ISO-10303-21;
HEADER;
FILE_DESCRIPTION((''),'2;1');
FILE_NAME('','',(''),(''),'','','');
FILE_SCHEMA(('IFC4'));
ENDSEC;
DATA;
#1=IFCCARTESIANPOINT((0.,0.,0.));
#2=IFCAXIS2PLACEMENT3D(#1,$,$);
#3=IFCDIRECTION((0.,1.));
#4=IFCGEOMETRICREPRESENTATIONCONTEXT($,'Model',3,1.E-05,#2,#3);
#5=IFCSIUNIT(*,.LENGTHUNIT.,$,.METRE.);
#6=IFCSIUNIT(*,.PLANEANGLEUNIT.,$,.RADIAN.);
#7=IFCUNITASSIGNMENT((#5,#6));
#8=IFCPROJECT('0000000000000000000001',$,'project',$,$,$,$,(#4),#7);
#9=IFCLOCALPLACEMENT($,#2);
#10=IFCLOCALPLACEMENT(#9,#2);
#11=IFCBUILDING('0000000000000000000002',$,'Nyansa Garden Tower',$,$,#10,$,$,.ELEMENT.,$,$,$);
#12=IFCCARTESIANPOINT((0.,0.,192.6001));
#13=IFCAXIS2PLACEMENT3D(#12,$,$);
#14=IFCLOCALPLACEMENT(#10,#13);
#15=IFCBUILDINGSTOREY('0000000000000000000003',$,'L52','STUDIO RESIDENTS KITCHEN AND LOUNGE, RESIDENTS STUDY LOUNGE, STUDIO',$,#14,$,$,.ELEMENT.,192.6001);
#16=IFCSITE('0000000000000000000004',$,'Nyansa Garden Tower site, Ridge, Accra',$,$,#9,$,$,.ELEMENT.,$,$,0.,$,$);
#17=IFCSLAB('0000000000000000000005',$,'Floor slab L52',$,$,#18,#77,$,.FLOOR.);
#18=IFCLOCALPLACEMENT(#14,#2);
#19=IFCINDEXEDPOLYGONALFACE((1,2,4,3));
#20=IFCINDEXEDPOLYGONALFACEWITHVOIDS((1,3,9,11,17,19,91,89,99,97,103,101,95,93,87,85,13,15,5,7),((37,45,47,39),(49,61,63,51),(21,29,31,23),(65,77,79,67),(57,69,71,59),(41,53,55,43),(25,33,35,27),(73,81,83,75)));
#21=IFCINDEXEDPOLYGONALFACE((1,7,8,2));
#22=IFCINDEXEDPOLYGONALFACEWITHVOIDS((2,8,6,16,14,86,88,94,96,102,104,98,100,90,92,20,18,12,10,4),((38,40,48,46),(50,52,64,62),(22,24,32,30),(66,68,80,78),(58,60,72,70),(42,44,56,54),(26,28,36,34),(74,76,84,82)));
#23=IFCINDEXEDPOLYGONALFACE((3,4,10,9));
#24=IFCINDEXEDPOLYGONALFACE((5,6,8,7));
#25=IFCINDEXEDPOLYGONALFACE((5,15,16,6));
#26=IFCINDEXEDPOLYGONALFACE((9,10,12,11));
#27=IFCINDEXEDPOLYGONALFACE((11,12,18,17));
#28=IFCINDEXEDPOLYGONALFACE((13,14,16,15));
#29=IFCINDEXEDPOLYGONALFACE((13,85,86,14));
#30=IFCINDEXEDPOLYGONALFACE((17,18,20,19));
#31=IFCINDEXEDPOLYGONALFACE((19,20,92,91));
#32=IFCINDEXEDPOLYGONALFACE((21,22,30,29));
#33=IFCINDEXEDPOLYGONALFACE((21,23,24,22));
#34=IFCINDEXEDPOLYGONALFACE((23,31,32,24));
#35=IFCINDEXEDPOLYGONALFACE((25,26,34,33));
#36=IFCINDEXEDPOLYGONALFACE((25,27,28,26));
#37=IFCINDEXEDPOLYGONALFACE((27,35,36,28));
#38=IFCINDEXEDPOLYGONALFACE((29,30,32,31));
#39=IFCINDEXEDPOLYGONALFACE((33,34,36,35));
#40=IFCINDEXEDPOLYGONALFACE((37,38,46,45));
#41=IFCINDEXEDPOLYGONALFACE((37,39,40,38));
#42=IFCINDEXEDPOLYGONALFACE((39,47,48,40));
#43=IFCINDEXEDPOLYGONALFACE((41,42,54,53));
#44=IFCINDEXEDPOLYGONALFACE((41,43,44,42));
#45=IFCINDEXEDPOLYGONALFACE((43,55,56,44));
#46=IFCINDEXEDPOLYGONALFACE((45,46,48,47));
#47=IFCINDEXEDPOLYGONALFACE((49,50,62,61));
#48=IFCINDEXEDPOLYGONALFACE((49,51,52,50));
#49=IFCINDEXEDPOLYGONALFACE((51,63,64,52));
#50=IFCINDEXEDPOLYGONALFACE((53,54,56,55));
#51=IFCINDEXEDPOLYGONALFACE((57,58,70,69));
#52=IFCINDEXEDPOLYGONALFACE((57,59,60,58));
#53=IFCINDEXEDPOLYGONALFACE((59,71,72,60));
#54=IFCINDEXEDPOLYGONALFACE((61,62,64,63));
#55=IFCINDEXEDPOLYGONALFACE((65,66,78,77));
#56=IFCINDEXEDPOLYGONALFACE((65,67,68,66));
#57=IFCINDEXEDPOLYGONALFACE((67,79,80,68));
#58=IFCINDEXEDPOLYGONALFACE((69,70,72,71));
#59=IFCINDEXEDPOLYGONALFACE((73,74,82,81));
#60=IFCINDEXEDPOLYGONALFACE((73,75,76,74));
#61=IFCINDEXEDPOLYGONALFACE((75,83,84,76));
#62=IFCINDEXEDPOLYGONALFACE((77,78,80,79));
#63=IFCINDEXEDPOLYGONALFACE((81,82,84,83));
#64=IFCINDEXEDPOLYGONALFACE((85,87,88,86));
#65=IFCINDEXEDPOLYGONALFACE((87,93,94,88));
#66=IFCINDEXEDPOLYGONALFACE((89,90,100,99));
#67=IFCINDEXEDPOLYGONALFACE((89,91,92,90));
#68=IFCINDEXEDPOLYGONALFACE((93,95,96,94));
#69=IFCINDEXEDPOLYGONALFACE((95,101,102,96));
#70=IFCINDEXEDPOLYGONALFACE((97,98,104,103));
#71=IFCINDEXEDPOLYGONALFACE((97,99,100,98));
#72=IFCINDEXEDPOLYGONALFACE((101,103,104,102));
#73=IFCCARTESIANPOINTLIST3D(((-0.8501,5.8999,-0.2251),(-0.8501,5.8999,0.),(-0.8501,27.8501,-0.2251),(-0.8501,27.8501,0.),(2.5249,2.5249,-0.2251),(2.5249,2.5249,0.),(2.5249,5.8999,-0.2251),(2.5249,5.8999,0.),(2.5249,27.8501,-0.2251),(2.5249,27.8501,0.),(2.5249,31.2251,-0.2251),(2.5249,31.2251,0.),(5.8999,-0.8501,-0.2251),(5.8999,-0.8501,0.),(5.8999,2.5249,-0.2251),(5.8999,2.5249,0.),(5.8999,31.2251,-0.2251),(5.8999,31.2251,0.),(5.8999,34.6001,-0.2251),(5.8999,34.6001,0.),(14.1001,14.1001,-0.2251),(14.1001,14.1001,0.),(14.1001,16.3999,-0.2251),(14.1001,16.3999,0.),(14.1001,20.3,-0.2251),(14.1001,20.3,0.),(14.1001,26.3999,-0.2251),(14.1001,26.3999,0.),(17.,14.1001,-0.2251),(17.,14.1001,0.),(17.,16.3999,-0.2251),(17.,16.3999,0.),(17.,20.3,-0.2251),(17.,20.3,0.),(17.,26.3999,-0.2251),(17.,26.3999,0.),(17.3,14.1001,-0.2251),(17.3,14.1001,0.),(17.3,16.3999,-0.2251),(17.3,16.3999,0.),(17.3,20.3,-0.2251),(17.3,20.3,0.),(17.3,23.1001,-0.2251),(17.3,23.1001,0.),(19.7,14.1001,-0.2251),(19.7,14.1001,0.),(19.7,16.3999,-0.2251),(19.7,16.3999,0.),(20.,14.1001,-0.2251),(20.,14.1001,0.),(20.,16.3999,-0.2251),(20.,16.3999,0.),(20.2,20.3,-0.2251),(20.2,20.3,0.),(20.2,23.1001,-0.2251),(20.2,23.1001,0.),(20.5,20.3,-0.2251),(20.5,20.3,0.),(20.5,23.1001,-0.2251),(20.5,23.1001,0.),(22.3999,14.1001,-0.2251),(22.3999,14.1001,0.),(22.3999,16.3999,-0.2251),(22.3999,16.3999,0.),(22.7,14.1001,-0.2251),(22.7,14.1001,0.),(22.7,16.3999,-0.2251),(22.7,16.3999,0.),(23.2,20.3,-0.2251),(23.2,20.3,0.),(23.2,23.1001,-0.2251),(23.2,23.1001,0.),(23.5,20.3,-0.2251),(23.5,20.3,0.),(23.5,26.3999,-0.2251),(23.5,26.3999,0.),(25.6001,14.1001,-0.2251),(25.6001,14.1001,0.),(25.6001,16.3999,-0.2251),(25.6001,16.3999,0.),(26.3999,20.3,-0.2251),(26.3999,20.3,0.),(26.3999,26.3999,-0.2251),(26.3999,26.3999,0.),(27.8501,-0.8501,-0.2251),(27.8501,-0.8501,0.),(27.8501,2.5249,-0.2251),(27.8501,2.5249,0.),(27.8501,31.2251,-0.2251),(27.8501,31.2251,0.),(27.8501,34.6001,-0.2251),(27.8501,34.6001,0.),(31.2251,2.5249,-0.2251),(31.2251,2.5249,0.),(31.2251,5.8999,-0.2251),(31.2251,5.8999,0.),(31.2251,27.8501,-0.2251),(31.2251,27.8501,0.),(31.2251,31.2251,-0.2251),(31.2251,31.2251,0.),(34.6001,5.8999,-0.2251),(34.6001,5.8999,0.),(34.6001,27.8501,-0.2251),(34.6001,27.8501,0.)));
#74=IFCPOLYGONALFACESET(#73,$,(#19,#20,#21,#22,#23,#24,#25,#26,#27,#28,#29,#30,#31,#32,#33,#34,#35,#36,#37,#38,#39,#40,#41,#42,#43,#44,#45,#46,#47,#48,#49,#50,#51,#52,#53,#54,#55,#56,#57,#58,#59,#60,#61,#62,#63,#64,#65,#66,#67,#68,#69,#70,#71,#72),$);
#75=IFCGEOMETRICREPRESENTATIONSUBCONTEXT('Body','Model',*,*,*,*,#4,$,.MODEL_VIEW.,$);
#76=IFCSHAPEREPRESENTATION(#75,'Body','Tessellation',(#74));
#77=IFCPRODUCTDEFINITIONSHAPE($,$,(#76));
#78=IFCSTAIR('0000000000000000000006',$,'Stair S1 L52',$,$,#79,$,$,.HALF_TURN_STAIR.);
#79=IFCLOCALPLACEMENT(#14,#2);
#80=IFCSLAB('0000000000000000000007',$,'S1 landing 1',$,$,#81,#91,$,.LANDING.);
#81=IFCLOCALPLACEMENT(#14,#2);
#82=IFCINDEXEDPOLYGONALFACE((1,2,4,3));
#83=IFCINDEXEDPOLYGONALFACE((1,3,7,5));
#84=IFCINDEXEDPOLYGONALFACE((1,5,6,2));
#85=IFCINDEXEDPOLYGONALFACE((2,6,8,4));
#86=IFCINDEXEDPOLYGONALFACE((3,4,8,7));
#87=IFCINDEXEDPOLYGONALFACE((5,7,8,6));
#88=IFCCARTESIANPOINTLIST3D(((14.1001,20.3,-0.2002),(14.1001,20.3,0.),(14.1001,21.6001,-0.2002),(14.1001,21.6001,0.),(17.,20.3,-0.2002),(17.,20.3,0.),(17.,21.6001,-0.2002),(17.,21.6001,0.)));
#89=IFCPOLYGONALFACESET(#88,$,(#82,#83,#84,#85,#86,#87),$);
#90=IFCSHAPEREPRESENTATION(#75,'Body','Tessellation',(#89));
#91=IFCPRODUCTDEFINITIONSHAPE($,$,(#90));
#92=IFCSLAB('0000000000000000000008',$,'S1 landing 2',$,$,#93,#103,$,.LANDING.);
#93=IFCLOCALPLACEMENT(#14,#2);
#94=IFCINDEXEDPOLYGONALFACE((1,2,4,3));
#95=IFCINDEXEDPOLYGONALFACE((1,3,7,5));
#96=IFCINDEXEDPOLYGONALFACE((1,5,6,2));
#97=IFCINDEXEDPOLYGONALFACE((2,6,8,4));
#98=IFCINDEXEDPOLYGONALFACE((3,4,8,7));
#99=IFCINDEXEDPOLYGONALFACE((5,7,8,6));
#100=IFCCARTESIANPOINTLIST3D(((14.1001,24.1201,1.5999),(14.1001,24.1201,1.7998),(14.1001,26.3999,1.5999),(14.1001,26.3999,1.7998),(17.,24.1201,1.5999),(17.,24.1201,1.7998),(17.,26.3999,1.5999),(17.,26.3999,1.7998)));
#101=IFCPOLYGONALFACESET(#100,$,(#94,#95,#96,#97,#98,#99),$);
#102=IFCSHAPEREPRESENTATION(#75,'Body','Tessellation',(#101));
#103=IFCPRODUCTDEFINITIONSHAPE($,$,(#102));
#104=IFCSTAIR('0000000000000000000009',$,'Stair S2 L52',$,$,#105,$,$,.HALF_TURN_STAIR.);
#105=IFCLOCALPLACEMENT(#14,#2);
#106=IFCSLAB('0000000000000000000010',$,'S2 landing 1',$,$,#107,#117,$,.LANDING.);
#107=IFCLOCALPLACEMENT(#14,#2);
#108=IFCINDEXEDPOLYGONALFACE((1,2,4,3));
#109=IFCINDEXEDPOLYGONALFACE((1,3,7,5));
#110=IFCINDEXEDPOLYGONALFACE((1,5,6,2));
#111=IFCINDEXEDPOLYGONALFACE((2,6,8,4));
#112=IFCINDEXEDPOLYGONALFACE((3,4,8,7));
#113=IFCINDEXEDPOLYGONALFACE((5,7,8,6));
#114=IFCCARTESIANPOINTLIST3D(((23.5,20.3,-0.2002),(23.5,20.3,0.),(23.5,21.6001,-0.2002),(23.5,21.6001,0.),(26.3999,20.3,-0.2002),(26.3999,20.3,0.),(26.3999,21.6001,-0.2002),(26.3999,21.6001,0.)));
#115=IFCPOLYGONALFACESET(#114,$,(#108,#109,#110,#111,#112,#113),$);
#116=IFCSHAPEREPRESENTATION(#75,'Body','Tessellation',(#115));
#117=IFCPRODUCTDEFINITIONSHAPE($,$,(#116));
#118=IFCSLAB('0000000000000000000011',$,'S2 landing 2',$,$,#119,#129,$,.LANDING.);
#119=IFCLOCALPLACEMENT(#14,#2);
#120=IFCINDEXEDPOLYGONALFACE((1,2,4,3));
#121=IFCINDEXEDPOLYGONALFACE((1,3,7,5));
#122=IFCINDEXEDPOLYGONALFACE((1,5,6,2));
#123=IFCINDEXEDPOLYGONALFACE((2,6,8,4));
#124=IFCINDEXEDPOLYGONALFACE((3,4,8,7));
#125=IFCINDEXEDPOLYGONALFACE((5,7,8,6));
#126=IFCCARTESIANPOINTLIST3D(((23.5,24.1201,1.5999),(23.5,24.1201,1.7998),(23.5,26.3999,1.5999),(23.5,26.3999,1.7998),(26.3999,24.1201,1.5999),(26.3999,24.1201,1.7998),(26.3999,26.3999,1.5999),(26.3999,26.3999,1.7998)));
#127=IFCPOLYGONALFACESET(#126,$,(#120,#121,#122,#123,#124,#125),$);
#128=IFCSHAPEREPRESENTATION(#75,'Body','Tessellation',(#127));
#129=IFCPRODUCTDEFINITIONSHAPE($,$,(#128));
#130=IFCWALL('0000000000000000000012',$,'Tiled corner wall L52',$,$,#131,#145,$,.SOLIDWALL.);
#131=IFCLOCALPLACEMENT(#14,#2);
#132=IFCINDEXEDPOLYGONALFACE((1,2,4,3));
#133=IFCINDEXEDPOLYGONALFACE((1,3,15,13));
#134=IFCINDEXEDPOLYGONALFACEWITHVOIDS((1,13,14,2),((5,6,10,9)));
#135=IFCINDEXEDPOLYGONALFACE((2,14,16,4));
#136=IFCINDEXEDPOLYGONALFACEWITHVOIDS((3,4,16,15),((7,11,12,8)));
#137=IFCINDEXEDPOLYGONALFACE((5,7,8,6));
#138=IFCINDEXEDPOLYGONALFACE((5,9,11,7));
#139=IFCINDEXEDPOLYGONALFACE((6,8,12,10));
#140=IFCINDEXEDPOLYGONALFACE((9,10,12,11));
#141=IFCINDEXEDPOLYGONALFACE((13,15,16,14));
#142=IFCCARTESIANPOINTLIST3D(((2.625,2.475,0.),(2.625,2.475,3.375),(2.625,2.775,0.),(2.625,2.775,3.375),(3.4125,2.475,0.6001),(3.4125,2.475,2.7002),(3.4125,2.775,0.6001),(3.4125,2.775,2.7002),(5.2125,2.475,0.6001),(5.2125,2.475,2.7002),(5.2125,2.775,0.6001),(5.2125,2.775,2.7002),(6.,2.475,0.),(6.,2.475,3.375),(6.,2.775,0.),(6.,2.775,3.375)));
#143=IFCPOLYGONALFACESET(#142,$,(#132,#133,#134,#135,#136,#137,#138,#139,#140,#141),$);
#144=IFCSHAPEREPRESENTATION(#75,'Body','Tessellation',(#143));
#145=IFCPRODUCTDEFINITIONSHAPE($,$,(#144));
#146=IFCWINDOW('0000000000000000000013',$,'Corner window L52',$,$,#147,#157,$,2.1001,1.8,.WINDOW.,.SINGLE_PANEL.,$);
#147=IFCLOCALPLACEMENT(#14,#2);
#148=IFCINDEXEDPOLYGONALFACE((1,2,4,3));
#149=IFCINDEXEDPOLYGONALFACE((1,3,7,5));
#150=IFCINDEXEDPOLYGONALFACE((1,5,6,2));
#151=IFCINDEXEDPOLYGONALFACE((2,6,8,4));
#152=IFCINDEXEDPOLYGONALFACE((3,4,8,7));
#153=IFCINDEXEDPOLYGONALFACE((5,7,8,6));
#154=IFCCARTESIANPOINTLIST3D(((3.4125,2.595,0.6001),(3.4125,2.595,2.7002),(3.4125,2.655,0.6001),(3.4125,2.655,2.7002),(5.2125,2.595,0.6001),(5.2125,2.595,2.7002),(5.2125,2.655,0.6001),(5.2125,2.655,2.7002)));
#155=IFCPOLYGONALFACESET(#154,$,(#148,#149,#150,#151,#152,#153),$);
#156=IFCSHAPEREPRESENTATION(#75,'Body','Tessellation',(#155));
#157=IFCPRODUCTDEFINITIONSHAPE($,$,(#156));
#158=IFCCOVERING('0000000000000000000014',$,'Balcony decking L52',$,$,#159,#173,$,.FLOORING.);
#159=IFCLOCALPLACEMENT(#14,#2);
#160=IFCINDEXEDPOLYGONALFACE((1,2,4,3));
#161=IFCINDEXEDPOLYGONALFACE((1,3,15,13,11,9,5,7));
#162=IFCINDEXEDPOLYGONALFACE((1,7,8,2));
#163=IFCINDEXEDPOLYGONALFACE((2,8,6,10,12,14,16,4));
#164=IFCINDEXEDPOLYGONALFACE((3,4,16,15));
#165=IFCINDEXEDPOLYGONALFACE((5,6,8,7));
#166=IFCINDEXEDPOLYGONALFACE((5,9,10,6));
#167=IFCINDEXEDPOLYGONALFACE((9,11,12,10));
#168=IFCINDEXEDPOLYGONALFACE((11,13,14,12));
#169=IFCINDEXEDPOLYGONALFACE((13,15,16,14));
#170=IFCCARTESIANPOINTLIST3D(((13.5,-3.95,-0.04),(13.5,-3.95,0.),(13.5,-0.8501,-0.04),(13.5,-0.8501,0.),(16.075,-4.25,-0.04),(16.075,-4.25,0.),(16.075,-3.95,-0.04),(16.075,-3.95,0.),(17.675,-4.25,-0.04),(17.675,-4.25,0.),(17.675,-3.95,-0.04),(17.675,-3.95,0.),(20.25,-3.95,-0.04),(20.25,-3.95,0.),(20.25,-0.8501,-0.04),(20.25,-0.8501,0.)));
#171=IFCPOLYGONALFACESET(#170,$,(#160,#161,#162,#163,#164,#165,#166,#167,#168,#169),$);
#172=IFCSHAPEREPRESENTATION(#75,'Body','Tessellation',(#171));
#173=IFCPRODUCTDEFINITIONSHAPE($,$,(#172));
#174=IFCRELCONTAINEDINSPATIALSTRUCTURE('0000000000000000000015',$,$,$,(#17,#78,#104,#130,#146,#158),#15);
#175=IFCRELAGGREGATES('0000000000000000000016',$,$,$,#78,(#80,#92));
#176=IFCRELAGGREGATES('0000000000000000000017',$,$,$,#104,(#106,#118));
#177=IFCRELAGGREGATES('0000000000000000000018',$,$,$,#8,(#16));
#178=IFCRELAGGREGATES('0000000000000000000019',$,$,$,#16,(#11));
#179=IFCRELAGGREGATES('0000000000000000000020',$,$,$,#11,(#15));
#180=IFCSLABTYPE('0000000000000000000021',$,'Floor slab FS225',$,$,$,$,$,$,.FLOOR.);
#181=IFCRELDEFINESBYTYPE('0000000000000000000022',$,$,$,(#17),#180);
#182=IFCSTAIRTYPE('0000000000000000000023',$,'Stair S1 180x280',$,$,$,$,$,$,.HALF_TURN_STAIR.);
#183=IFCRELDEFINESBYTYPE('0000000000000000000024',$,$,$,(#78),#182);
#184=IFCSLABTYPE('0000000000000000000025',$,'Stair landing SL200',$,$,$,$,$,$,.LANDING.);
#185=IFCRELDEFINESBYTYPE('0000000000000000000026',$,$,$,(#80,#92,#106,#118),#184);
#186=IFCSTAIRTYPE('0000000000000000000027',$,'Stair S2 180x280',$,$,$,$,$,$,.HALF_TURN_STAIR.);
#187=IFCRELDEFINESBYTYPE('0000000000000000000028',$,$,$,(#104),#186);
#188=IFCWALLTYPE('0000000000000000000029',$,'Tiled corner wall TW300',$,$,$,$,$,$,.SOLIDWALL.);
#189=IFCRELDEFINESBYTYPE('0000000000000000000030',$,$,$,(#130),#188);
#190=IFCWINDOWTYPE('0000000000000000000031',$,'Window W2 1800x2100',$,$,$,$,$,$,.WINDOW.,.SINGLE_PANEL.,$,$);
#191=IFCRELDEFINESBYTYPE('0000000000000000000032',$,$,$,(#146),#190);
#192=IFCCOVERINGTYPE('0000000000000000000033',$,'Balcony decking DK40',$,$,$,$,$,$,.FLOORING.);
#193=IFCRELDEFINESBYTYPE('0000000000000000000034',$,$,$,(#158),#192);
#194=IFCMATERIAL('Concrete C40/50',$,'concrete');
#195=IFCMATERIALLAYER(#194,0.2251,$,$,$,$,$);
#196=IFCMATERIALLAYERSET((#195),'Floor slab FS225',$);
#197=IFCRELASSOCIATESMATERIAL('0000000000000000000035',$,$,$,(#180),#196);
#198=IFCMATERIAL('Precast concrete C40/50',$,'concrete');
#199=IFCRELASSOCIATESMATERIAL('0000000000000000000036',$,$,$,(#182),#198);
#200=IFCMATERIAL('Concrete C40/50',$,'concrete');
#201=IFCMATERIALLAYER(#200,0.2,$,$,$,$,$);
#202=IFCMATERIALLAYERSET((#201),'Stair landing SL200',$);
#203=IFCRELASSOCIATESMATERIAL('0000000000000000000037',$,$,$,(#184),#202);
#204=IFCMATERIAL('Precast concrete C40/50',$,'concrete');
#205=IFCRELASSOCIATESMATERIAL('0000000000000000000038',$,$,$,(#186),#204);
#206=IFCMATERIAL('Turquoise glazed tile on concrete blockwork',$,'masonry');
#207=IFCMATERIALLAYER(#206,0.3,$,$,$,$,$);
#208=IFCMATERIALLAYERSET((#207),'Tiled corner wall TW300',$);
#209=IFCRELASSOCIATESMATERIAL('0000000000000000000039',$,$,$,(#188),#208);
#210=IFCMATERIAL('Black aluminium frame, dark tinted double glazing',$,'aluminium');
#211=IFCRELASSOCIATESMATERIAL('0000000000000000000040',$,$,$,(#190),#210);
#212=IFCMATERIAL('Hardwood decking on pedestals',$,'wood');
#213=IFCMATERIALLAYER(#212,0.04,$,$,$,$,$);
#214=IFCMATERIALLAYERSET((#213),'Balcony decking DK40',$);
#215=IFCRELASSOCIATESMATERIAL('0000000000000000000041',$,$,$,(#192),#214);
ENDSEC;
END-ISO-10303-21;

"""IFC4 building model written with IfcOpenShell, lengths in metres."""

from ifc_helpers import new_model, si_unit, direction, frame, frame_2d, origin, place, context, subcontext, project, spatial, polyline, rectangle, outline, extrude, material, layer, layer_set, type_object, element, fill, aggregate, save


model = new_model("IFC4")

# Units and contexts
model_context = context("Model", 3, precision=1e-05, world=origin(), true_north=direction((0.0, 1.0)))
body_context = subcontext(model_context, "Body", "Model", "MODEL_VIEW")
ifc_project = project(units=[si_unit("LENGTHUNIT", "METRE"), si_unit("PLANEANGLEUNIT", "RADIAN")], contexts=[model_context])

# Site, building, storey
site_placement = place(None, origin())
site = spatial("IfcSite", under=ifc_project, at=site_placement, Name="Nyansa Garden Tower site, Ridge, Accra", CompositionType="ELEMENT", RefElevation=0.0)
building_placement = place(site_placement, origin())
building = spatial("IfcBuilding", under=site, at=building_placement, Name="Nyansa Garden Tower", CompositionType="ELEMENT")
storey_placement = place(building_placement, frame((0.0, 0.0, 192.6001)))
storey = spatial("IfcBuildingStorey", under=building, at=storey_placement, Name="L52", Description="STUDIO RESIDENTS KITCHEN AND LOUNGE, RESIDENTS STUDY LOUNGE, STUDIO", CompositionType="ELEMENT", Elevation=192.6001)

# Slab
ifc_material_1 = material(Name="Concrete C40/50", Category="concrete")
ifc_layer_1 = layer(ifc_material_1, 0.2251)
ifc_layer_set_1 = layer_set([ifc_layer_1], Name="Floor slab FS225")
slab_type_1 = type_object("IfcSlabType", Name="Floor slab FS225", PredefinedType="FLOOR", material=ifc_layer_set_1)
slab_1_placement = place(storey_placement, frame((0.0, 0.0, -0.2251)))
element("IfcSlab", 1, at=slab_1_placement, inside=storey, type_object=slab_type_1, Name="Floor slab L52", PredefinedType="FLOOR", context=body_context, shape_type="SweptSolid", body=[
    extrude(outline(polyline([(34.6001, 5.8999), (31.2251, 5.8999), (31.2251, 2.5249), (27.8501, 2.5249), (27.8501, -0.8501), (5.8999, -0.8501), (5.8999, 2.5249), (2.5249, 2.5249), (2.5249, 5.8999), (-0.8501, 5.8999), (-0.8501, 27.8501), (2.5249, 27.8501), (2.5249, 31.2251), (5.8999, 31.2251), (5.8999, 34.6001), (27.8501, 34.6001), (27.8501, 31.2251), (31.2251, 31.2251), (31.2251, 27.8501), (34.6001, 27.8501), (34.6001, 5.8999)]), holes=[polyline([(14.1001, 14.1001), (17.0, 14.1001), (17.0, 16.3999), (14.1001, 16.3999), (14.1001, 14.1001)]), polyline([(17.3, 14.1001), (19.7, 14.1001), (19.7, 16.3999), (17.3, 16.3999), (17.3, 14.1001)]), polyline([(20.0, 14.1001), (22.3999, 14.1001), (22.3999, 16.3999), (20.0, 16.3999), (20.0, 14.1001)]), polyline([(22.7, 14.1001), (25.6001, 14.1001), (25.6001, 16.3999), (22.7, 16.3999), (22.7, 14.1001)]), polyline([(17.3, 20.3), (20.2, 20.3), (20.2, 23.1001), (17.3, 23.1001), (17.3, 20.3)]), polyline([(20.5, 20.3), (23.2, 20.3), (23.2, 23.1001), (20.5, 23.1001), (20.5, 20.3)]), polyline([(14.1001, 20.3), (17.0, 20.3), (17.0, 26.3999), (14.1001, 26.3999), (14.1001, 20.3)]), polyline([(23.5, 20.3), (26.3999, 20.3), (26.3999, 26.3999), (23.5, 26.3999), (23.5, 20.3)])]), origin(), (0.0, 0.0, 1.0), 0.2251),
])

# Stairs, slabs
ifc_material_2 = material(Name="Precast concrete C40/50", Category="concrete")
stair_type_1 = type_object("IfcStairType", Name="Stair S1 180x280", PredefinedType="HALF_TURN_STAIR", material=ifc_material_2)
stair_1_placement = place(storey_placement, origin())
stair_1 = element("IfcStair", 2, at=stair_1_placement, inside=storey, type_object=stair_type_1, Name="Stair S1 L52", PredefinedType="HALF_TURN_STAIR")
ifc_material_3 = material(Name="Concrete C40/50", Category="concrete")
ifc_layer_2 = layer(ifc_material_3, 0.2)
ifc_layer_set_2 = layer_set([ifc_layer_2], Name="Stair landing SL200")
slab_type_2 = type_object("IfcSlabType", Name="Stair landing SL200", PredefinedType="LANDING", material=ifc_layer_set_2)
slab_2_placement = place(storey_placement, frame((0.0, 0.0, -0.2002)))
slab_2 = element("IfcSlab", 3, at=slab_2_placement, type_object=slab_type_2, Name="S1 landing 1", PredefinedType="LANDING", context=body_context, shape_type="SweptSolid", body=[
    extrude(outline(polyline([(14.1001, 20.3), (17.0, 20.3), (17.0, 21.6001), (14.1001, 21.6001), (14.1001, 20.3)])), origin(), (0.0, 0.0, 1.0), 0.2002),
])
slab_3_placement = place(storey_placement, frame((0.0, 0.0, 1.5999)))
slab_3 = element("IfcSlab", 4, at=slab_3_placement, type_object=slab_type_2, Name="S1 landing 2", PredefinedType="LANDING", context=body_context, shape_type="SweptSolid", body=[
    extrude(outline(polyline([(14.1001, 24.1201), (17.0, 24.1201), (17.0, 26.3999), (14.1001, 26.3999), (14.1001, 24.1201)])), origin(), (0.0, 0.0, 1.0), 0.2),
])
aggregate(stair_1, [slab_2, slab_3])
ifc_material_4 = material(Name="Precast concrete C40/50", Category="concrete")
stair_type_2 = type_object("IfcStairType", Name="Stair S2 180x280", PredefinedType="HALF_TURN_STAIR", material=ifc_material_4)
stair_2_placement = place(storey_placement, origin())
stair_2 = element("IfcStair", 5, at=stair_2_placement, inside=storey, type_object=stair_type_2, Name="Stair S2 L52", PredefinedType="HALF_TURN_STAIR")
slab_4_placement = place(storey_placement, frame((0.0, 0.0, -0.2002)))
slab_4 = element("IfcSlab", 6, at=slab_4_placement, type_object=slab_type_2, Name="S2 landing 1", PredefinedType="LANDING", context=body_context, shape_type="SweptSolid", body=[
    extrude(outline(polyline([(23.5, 20.3), (26.3999, 20.3), (26.3999, 21.6001), (23.5, 21.6001), (23.5, 20.3)])), origin(), (0.0, 0.0, 1.0), 0.2002),
])
slab_5_placement = place(storey_placement, frame((0.0, 0.0, 1.5999)))
slab_5 = element("IfcSlab", 7, at=slab_5_placement, type_object=slab_type_2, Name="S2 landing 2", PredefinedType="LANDING", context=body_context, shape_type="SweptSolid", body=[
    extrude(outline(polyline([(23.5, 24.1201), (26.3999, 24.1201), (26.3999, 26.3999), (23.5, 26.3999), (23.5, 24.1201)])), origin(), (0.0, 0.0, 1.0), 0.2),
])
aggregate(stair_2, [slab_4, slab_5])

# Wall, opening, window
ifc_material_5 = material(Name="Turquoise glazed tile on concrete blockwork", Category="masonry")
ifc_layer_3 = layer(ifc_material_5, 0.3)
ifc_layer_set_3 = layer_set([ifc_layer_3], Name="Tiled corner wall TW300")
wall_type = type_object("IfcWallType", Name="Tiled corner wall TW300", PredefinedType="SOLIDWALL", material=ifc_layer_set_3)
wall_placement = place(storey_placement, frame((2.625, 2.625, 0.0), z_axis=(0.0, 0.0, 1.0), x_axis=(1.0, 0.0, 0.0)))
wall = element("IfcWall", 8, at=wall_placement, inside=storey, type_object=wall_type, Name="Tiled corner wall L52", PredefinedType="SOLIDWALL", context=body_context, shape_type="SweptSolid", body=[
    extrude(rectangle(XDim=3.375, YDim=0.3, at=frame_2d((1.6875, 0.0))), origin(), (0.0, 0.0, 1.0), 3.375),
])
opening_placement = place(wall_placement, frame((0.7876, 0.0, 0.6001)))
opening = element("IfcOpeningElement", 9, at=opening_placement, cuts=wall, PredefinedType="OPENING", context=body_context, shape_type="SweptSolid", body=[
    extrude(rectangle(XDim=1.8, YDim=2.1001, at=frame_2d((0.8999, 1.05))), frame((0.0, 0.1599, 0.0), z_axis=(0.0, -1.0, 0.0), x_axis=(1.0, 0.0, 0.0)), (0.0, 0.0, 1.0), 0.3201),
])
ifc_material_6 = material(Name="Black aluminium frame, dark tinted double glazing", Category="aluminium")
window_type = type_object("IfcWindowType", Name="Window W2 1800x2100", PartitioningType="SINGLE_PANEL", PredefinedType="WINDOW", material=ifc_material_6)
window_placement = place(opening_placement, origin())
window = element("IfcWindow", 10, at=window_placement, inside=storey, type_object=window_type, Name="Corner window L52", OverallHeight=2.1001, OverallWidth=1.8, PartitioningType="SINGLE_PANEL", PredefinedType="WINDOW", context=body_context, shape_type="SweptSolid", body=[
    extrude(rectangle(XDim=1.8, YDim=2.1001, at=frame_2d((0.8999, 1.05))), frame((0.0, 0.03, 0.0), z_axis=(0.0, -1.0, 0.0), x_axis=(1.0, 0.0, 0.0)), (0.0, 0.0, 1.0), 0.0601),
])
fill(opening, window)

# Covering
ifc_material_7 = material(Name="Hardwood decking on pedestals", Category="wood")
ifc_layer_4 = layer(ifc_material_7, 0.04)
ifc_layer_set_4 = layer_set([ifc_layer_4], Name="Balcony decking DK40")
covering_type = type_object("IfcCoveringType", Name="Balcony decking DK40", PredefinedType="FLOORING", material=ifc_layer_set_4)
covering_1_placement = place(storey_placement, frame((0.0, 0.0, -0.04)))
element("IfcCovering", 11, at=covering_1_placement, inside=storey, type_object=covering_type, Name="Balcony decking L52", PredefinedType="FLOORING", context=body_context, shape_type="SweptSolid", body=[
    extrude(outline(polyline([(13.5, -0.8501), (20.25, -0.8501), (20.25, -3.95), (17.675, -3.95), (17.675, -4.25), (16.075, -4.25), (16.075, -3.95), (13.5, -3.95), (13.5, -0.8501)])), origin(), (0.0, 0.0, 1.0), 0.04),
])

save(model, "model.ifc")
